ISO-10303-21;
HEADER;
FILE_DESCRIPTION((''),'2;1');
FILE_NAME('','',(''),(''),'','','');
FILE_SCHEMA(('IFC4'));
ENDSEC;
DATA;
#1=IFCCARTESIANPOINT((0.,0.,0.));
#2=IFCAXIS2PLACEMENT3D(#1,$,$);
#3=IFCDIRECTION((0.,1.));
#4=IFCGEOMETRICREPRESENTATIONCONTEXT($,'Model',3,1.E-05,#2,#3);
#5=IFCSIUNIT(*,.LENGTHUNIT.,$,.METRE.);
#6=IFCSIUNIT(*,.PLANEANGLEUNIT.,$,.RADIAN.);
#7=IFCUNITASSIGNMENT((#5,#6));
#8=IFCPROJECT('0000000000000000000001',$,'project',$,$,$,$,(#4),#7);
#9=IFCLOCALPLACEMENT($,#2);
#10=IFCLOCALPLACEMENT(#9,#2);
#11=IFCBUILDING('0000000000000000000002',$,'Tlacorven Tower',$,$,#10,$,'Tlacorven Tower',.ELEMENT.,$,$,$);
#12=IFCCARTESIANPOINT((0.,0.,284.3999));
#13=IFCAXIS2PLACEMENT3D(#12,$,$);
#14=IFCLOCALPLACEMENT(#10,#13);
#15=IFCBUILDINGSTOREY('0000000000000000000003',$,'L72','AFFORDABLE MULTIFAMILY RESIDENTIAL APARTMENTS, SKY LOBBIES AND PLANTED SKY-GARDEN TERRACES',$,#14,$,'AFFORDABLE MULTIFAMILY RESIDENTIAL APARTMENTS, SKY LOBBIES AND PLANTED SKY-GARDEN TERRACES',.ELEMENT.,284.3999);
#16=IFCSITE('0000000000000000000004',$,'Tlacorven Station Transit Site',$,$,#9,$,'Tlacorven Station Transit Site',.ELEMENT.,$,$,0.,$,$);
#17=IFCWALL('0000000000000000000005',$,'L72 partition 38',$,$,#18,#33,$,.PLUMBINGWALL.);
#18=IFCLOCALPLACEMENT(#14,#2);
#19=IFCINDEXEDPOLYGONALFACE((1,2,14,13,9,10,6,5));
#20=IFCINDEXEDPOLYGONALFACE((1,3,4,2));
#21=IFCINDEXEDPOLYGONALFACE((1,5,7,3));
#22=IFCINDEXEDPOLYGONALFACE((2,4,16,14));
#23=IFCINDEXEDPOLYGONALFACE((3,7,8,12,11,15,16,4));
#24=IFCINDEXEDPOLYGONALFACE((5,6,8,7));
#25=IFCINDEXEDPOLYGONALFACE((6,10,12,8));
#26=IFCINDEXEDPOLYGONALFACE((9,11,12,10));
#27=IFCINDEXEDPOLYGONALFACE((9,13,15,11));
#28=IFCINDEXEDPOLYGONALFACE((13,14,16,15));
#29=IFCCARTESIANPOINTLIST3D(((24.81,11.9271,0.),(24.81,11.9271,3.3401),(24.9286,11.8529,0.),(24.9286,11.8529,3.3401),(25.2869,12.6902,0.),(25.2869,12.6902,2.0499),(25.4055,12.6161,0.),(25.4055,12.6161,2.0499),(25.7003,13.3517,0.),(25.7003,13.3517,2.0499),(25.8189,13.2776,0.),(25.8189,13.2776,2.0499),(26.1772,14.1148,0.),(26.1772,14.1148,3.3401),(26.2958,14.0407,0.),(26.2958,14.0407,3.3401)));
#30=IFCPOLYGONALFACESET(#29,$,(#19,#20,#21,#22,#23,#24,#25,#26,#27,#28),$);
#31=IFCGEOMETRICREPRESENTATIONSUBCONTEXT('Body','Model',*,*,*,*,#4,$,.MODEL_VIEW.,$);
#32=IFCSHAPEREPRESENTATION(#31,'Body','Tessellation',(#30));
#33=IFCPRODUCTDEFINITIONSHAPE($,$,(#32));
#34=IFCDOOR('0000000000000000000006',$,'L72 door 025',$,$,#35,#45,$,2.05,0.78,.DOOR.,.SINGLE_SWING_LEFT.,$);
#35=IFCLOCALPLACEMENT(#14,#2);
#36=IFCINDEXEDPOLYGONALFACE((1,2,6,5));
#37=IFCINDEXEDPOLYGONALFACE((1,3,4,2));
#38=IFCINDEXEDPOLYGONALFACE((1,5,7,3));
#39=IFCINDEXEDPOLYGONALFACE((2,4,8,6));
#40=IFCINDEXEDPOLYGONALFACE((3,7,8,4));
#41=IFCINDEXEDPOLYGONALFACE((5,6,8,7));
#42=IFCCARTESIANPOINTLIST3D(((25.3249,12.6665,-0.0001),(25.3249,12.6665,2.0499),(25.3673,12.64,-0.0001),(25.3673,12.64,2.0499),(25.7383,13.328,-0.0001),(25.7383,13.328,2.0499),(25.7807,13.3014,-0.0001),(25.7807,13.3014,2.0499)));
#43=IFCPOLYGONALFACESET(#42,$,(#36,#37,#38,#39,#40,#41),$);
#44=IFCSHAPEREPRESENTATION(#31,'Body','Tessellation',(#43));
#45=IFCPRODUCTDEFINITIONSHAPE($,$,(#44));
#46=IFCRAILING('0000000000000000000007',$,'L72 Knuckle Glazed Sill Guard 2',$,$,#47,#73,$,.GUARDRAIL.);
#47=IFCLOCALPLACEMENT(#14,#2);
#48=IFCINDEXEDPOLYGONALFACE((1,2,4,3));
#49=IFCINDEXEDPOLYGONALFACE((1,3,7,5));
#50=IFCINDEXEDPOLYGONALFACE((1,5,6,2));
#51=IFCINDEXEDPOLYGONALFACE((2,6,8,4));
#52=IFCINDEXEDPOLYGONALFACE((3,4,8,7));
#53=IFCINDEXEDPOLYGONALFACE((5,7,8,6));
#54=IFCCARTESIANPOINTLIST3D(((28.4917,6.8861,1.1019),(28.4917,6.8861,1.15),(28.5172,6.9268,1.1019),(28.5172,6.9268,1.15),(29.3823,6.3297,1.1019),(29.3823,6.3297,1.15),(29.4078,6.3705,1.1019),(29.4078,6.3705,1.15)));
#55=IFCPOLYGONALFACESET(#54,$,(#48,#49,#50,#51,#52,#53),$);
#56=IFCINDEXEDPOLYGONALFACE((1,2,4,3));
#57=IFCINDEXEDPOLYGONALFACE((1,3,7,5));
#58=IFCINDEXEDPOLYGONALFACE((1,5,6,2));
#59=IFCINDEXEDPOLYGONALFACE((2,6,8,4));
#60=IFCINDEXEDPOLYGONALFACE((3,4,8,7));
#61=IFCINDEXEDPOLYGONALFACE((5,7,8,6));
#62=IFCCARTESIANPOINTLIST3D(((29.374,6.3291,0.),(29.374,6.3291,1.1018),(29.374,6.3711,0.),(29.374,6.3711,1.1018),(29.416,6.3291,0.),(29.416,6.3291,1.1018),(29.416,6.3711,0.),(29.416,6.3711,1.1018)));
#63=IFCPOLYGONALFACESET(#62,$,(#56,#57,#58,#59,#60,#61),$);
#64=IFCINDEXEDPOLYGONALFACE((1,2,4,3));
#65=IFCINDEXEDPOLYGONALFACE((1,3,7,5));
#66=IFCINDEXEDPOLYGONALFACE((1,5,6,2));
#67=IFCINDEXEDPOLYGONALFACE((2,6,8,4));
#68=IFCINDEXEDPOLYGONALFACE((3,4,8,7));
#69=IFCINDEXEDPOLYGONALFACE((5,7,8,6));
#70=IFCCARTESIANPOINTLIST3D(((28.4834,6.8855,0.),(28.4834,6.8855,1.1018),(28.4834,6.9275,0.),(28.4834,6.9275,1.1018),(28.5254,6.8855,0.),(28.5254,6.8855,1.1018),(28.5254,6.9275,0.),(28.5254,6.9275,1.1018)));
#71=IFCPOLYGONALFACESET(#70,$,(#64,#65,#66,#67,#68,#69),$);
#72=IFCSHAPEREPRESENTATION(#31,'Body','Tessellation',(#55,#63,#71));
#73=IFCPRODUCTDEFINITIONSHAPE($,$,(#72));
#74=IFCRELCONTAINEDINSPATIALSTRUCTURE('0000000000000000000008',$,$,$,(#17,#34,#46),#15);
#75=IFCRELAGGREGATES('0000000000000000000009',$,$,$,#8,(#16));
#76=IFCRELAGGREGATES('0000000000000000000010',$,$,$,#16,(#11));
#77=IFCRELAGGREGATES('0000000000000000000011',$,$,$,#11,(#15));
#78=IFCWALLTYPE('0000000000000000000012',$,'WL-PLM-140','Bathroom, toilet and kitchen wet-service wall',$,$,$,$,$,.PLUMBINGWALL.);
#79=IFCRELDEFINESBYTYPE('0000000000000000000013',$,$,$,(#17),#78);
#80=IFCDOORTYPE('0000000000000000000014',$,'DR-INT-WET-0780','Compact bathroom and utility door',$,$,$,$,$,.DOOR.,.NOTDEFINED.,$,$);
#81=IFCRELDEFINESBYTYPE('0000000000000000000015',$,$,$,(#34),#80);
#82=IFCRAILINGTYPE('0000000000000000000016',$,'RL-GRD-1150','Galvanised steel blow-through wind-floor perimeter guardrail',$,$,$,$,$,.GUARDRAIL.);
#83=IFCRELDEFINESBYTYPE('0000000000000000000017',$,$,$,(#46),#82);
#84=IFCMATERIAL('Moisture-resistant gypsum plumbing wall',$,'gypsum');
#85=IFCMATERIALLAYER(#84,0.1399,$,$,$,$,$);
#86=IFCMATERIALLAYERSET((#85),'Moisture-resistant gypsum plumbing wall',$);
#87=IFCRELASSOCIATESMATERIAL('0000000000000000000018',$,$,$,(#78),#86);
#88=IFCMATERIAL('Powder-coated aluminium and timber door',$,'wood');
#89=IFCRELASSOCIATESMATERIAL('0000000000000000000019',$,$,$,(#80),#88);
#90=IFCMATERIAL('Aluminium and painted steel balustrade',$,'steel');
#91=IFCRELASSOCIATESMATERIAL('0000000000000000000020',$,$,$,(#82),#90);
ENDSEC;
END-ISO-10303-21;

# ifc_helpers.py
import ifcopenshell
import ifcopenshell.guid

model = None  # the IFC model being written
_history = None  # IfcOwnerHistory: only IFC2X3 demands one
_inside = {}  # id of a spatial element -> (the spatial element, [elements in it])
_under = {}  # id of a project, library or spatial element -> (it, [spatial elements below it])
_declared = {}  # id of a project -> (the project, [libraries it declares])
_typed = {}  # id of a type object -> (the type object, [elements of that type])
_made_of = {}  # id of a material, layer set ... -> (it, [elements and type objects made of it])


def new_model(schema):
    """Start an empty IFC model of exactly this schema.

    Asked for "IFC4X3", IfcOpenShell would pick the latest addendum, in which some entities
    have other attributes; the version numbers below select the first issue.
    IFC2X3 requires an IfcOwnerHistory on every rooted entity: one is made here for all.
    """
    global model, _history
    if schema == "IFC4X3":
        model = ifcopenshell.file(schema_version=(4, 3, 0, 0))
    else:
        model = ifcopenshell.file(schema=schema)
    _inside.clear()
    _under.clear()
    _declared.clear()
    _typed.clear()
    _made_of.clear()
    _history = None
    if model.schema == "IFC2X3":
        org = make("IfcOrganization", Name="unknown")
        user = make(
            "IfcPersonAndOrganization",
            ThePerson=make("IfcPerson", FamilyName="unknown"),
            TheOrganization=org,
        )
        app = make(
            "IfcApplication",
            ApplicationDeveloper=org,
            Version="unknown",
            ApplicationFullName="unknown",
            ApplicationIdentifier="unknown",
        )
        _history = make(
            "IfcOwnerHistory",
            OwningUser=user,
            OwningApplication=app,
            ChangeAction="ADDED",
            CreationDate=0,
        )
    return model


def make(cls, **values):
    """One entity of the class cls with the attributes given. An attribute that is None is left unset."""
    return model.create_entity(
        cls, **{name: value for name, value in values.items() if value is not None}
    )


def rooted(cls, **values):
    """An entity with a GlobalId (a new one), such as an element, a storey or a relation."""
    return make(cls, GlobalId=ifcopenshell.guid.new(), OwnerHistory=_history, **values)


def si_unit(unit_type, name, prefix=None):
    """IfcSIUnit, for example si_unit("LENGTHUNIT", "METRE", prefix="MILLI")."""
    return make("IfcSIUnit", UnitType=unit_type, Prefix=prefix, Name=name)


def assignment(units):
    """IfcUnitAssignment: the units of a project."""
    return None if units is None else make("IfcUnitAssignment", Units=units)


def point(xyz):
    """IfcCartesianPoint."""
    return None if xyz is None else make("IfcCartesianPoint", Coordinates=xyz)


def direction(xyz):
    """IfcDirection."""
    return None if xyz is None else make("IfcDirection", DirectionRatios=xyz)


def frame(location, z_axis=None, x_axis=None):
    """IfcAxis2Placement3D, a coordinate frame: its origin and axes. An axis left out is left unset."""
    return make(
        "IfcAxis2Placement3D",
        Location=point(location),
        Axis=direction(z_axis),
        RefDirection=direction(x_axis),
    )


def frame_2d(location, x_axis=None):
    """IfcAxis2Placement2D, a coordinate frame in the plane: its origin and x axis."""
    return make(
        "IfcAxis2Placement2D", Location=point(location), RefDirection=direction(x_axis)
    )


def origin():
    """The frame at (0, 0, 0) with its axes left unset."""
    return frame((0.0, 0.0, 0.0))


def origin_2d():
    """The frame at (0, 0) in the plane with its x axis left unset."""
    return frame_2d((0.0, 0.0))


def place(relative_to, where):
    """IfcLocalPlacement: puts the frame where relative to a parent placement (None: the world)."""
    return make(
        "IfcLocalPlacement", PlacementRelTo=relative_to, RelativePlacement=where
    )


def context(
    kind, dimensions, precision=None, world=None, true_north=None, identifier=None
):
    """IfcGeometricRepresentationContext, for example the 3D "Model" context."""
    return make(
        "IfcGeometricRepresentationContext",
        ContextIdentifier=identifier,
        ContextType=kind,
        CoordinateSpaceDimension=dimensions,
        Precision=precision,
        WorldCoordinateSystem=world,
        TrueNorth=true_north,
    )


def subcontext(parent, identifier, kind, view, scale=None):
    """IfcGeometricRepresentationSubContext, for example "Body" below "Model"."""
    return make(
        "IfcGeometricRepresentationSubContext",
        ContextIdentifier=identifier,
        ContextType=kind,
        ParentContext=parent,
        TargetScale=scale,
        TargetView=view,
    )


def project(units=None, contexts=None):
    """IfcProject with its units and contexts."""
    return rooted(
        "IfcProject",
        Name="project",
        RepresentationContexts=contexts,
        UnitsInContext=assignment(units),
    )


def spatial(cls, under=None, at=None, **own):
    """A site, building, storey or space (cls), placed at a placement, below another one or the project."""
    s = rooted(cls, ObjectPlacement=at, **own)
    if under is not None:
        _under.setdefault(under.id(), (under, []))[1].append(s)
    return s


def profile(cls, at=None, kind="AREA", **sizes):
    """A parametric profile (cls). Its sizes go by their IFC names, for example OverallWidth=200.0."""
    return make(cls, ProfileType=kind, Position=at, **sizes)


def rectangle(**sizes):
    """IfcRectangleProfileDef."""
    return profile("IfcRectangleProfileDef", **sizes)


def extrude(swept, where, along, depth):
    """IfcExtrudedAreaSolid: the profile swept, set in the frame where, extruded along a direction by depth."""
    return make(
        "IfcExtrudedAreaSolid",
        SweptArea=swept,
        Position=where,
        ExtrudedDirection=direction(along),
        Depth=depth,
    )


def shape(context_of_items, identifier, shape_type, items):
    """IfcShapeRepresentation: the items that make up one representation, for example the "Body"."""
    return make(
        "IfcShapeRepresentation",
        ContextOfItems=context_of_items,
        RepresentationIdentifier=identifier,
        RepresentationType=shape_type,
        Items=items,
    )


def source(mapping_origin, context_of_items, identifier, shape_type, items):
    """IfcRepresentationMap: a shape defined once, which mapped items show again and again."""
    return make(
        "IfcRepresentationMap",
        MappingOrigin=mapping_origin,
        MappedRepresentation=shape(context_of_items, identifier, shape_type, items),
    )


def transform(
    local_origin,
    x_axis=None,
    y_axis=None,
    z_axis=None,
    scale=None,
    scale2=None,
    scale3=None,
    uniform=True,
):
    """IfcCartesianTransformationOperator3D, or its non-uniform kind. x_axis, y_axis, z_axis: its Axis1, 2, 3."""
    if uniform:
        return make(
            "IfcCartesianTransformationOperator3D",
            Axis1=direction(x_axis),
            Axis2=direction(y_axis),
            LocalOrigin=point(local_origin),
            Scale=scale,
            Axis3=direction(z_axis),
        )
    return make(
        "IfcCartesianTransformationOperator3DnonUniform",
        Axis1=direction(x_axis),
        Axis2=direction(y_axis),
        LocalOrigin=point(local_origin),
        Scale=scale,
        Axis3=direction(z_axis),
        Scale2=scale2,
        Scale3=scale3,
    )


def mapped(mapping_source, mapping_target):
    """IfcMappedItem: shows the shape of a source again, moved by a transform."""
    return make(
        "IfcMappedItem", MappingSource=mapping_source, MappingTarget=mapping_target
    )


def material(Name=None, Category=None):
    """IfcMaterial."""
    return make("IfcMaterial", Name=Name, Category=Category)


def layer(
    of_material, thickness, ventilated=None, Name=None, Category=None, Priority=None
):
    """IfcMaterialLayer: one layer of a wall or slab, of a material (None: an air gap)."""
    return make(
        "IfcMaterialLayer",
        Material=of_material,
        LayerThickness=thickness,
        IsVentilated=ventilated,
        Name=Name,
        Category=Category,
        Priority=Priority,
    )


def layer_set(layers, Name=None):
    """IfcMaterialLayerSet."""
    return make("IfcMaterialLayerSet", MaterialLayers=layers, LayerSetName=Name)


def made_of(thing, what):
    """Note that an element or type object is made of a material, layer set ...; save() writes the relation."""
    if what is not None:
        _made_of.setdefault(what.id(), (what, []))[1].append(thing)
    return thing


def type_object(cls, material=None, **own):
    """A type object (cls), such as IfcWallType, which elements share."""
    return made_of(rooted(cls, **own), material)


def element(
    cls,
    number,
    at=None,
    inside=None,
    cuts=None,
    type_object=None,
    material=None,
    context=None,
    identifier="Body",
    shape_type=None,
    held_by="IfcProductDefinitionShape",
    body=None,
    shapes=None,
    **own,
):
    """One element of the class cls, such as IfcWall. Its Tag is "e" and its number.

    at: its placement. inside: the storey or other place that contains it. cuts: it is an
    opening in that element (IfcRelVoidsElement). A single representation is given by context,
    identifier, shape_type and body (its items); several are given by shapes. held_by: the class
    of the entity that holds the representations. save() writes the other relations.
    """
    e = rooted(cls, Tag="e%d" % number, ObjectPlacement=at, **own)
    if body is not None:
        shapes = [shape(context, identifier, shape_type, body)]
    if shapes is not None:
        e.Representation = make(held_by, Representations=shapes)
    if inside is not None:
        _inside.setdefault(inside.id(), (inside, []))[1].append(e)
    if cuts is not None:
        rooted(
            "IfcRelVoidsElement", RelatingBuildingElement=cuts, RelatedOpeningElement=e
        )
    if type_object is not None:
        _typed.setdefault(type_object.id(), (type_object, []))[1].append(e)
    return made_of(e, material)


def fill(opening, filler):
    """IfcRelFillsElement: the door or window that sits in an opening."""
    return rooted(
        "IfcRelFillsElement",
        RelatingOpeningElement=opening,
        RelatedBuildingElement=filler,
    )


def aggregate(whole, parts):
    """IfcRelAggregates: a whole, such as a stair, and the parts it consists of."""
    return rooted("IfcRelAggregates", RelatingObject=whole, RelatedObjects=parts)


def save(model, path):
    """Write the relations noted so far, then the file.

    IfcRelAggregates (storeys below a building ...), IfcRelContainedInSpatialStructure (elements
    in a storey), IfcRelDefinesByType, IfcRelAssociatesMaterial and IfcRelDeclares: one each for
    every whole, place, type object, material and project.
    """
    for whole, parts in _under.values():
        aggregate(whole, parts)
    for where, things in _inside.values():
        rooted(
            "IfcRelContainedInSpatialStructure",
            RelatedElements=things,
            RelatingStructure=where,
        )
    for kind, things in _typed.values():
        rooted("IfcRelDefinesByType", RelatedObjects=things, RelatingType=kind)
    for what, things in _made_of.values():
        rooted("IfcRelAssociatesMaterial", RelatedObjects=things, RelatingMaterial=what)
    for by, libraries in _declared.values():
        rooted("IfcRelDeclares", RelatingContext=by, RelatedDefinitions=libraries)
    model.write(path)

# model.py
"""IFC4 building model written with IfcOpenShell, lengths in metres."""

from ifc_helpers import new_model, si_unit, direction, frame, frame_2d, origin, origin_2d, place, context, subcontext, project, spatial, rectangle, extrude, source, transform, mapped, material, layer, layer_set, type_object, element, fill, save


model = new_model("IFC4")

# Units and contexts
model_context = context("Model", 3, precision=1e-05, world=origin(), true_north=direction((0.0, 1.0)))
body_context = subcontext(model_context, "Body", "Model", "MODEL_VIEW")
ifc_project = project(units=[si_unit("LENGTHUNIT", "METRE"), si_unit("PLANEANGLEUNIT", "RADIAN")], contexts=[model_context])

# Site, building, storey
site_placement = place(None, origin())
site = spatial("IfcSite", under=ifc_project, at=site_placement, Name="Tlacorven Station Transit Site", LongName="Tlacorven Station Transit Site", CompositionType="ELEMENT", RefElevation=0.0)
building_placement = place(site_placement, origin())
building = spatial("IfcBuilding", under=site, at=building_placement, Name="Tlacorven Tower", LongName="Tlacorven Tower", CompositionType="ELEMENT")
storey_placement = place(building_placement, frame((0.0, 0.0, 284.3999)))
storey = spatial("IfcBuildingStorey", under=building, at=storey_placement, Name="L72", Description="AFFORDABLE MULTIFAMILY RESIDENTIAL APARTMENTS, SKY LOBBIES AND PLANTED SKY-GARDEN TERRACES", LongName="AFFORDABLE MULTIFAMILY RESIDENTIAL APARTMENTS, SKY LOBBIES AND PLANTED SKY-GARDEN TERRACES", CompositionType="ELEMENT", Elevation=284.3999)

# Shared definitions
ifc_material_1 = material(Name="Powder-coated aluminium and timber door", Category="wood")

# Wall, opening, door
ifc_material_2 = material(Name="Moisture-resistant gypsum plumbing wall", Category="gypsum")
ifc_layer_1 = layer(ifc_material_2, 0.1399)
ifc_layer_set_1 = layer_set([ifc_layer_1], Name="Moisture-resistant gypsum plumbing wall")
wall_type_1 = type_object("IfcWallType", Name="WL-PLM-140", Description="Bathroom, toilet and kitchen wet-service wall", PredefinedType="PLUMBINGWALL", material=ifc_layer_set_1)
wall_1_placement = place(storey_placement, frame((26.2366, 14.0779, 0.0), z_axis=(0.0, 0.0, 1.0), x_axis=(-0.529956, -0.848025, 0.0)))
wall_1 = element("IfcWall", 1, at=wall_1_placement, inside=storey, type_object=wall_type_1, Name="L72 partition 38", PredefinedType="PLUMBINGWALL", context=body_context, shape_type="SweptSolid", body=[
    extrude(rectangle(XDim=2.5798, YDim=0.1399, at=frame_2d((1.29, 0.0))), origin(), (0.0, 0.0, 1.0), 3.3401),
])
opening_1_placement = place(wall_1_placement, frame((0.8999, 0.0, 0.0)))
opening_1 = element("IfcOpeningElement", 2, at=opening_1_placement, cuts=wall_1, PredefinedType="OPENING", context=body_context, shape_type="SweptSolid", body=[
    extrude(rectangle(XDim=0.78, YDim=2.05, at=frame_2d((0.3901, 1.0249))), frame((0.0, 0.0801, 0.0), z_axis=(0.0, -1.0, 0.0), x_axis=(1.0, 0.0, 0.0)), (0.0, 0.0, 1.0), 0.1599),
])
door_type_1 = type_object("IfcDoorType", Name="DR-INT-WET-0780", Description="Compact bathroom and utility door", OperationType="NOTDEFINED", PredefinedType="DOOR", material=ifc_material_1)
shared_shape_1 = source(origin(), body_context, "Body", "SweptSolid", [
    extrude(rectangle(XDim=0.78, YDim=2.05, at=frame_2d((0.3901, 1.0249))), frame((0.0, 0.0249, 0.0), z_axis=(0.0, -1.0, 0.0), x_axis=(1.0, 0.0, 0.0)), (0.0, 0.0, 1.0), 0.05),
])
door_1_placement = place(opening_1_placement, origin())
door_1 = element("IfcDoor", 3, at=door_1_placement, inside=storey, type_object=door_type_1, Name="L72 door 025", OperationType="SINGLE_SWING_LEFT", OverallHeight=2.05, OverallWidth=0.78, PredefinedType="DOOR", context=body_context, shape_type="MappedRepresentation", body=[
    mapped(shared_shape_1, transform((0.0, 0.0, 0.0), scale=1.0)),
])
fill(opening_1, door_1)

# Railing
ifc_material_3 = material(Name="Aluminium and painted steel balustrade", Category="steel")
railing_type = type_object("IfcRailingType", Name="RL-GRD-1150", Description="Galvanised steel blow-through wind-floor perimeter guardrail", PredefinedType="GUARDRAIL", material=ifc_material_3)
shared_shape_2 = source(origin(), body_context, "Body", "SweptSolid", [
    extrude(rectangle(XDim=0.0481, YDim=0.0481, at=origin_2d()), frame((0.0, 0.0, 1.126), z_axis=(-0.848103, 0.529832, 0.0), x_axis=(-0.529832, -0.848103, 0.0)), (0.0, 0.0, 1.0), 1.05),
    extrude(rectangle(XDim=0.042, YDim=0.042, at=origin_2d()), origin(), (0.0, 0.0, 1.0), 1.1018),
    extrude(rectangle(XDim=0.042, YDim=0.042, at=origin_2d()), frame((-0.8906, 0.5564, 0.0)), (0.0, 0.0, 1.0), 1.1018),
])
railing_placement = place(storey_placement, frame((29.395, 6.3501, 0.0)))
element("IfcRailing", 4, at=railing_placement, inside=storey, type_object=railing_type, Name="L72 Knuckle Glazed Sill Guard 2", PredefinedType="GUARDRAIL", context=body_context, shape_type="MappedRepresentation", body=[
    mapped(shared_shape_2, transform((0.0, 0.0, 0.0), scale=1.0)),
])

save(model, "model.ifc")
